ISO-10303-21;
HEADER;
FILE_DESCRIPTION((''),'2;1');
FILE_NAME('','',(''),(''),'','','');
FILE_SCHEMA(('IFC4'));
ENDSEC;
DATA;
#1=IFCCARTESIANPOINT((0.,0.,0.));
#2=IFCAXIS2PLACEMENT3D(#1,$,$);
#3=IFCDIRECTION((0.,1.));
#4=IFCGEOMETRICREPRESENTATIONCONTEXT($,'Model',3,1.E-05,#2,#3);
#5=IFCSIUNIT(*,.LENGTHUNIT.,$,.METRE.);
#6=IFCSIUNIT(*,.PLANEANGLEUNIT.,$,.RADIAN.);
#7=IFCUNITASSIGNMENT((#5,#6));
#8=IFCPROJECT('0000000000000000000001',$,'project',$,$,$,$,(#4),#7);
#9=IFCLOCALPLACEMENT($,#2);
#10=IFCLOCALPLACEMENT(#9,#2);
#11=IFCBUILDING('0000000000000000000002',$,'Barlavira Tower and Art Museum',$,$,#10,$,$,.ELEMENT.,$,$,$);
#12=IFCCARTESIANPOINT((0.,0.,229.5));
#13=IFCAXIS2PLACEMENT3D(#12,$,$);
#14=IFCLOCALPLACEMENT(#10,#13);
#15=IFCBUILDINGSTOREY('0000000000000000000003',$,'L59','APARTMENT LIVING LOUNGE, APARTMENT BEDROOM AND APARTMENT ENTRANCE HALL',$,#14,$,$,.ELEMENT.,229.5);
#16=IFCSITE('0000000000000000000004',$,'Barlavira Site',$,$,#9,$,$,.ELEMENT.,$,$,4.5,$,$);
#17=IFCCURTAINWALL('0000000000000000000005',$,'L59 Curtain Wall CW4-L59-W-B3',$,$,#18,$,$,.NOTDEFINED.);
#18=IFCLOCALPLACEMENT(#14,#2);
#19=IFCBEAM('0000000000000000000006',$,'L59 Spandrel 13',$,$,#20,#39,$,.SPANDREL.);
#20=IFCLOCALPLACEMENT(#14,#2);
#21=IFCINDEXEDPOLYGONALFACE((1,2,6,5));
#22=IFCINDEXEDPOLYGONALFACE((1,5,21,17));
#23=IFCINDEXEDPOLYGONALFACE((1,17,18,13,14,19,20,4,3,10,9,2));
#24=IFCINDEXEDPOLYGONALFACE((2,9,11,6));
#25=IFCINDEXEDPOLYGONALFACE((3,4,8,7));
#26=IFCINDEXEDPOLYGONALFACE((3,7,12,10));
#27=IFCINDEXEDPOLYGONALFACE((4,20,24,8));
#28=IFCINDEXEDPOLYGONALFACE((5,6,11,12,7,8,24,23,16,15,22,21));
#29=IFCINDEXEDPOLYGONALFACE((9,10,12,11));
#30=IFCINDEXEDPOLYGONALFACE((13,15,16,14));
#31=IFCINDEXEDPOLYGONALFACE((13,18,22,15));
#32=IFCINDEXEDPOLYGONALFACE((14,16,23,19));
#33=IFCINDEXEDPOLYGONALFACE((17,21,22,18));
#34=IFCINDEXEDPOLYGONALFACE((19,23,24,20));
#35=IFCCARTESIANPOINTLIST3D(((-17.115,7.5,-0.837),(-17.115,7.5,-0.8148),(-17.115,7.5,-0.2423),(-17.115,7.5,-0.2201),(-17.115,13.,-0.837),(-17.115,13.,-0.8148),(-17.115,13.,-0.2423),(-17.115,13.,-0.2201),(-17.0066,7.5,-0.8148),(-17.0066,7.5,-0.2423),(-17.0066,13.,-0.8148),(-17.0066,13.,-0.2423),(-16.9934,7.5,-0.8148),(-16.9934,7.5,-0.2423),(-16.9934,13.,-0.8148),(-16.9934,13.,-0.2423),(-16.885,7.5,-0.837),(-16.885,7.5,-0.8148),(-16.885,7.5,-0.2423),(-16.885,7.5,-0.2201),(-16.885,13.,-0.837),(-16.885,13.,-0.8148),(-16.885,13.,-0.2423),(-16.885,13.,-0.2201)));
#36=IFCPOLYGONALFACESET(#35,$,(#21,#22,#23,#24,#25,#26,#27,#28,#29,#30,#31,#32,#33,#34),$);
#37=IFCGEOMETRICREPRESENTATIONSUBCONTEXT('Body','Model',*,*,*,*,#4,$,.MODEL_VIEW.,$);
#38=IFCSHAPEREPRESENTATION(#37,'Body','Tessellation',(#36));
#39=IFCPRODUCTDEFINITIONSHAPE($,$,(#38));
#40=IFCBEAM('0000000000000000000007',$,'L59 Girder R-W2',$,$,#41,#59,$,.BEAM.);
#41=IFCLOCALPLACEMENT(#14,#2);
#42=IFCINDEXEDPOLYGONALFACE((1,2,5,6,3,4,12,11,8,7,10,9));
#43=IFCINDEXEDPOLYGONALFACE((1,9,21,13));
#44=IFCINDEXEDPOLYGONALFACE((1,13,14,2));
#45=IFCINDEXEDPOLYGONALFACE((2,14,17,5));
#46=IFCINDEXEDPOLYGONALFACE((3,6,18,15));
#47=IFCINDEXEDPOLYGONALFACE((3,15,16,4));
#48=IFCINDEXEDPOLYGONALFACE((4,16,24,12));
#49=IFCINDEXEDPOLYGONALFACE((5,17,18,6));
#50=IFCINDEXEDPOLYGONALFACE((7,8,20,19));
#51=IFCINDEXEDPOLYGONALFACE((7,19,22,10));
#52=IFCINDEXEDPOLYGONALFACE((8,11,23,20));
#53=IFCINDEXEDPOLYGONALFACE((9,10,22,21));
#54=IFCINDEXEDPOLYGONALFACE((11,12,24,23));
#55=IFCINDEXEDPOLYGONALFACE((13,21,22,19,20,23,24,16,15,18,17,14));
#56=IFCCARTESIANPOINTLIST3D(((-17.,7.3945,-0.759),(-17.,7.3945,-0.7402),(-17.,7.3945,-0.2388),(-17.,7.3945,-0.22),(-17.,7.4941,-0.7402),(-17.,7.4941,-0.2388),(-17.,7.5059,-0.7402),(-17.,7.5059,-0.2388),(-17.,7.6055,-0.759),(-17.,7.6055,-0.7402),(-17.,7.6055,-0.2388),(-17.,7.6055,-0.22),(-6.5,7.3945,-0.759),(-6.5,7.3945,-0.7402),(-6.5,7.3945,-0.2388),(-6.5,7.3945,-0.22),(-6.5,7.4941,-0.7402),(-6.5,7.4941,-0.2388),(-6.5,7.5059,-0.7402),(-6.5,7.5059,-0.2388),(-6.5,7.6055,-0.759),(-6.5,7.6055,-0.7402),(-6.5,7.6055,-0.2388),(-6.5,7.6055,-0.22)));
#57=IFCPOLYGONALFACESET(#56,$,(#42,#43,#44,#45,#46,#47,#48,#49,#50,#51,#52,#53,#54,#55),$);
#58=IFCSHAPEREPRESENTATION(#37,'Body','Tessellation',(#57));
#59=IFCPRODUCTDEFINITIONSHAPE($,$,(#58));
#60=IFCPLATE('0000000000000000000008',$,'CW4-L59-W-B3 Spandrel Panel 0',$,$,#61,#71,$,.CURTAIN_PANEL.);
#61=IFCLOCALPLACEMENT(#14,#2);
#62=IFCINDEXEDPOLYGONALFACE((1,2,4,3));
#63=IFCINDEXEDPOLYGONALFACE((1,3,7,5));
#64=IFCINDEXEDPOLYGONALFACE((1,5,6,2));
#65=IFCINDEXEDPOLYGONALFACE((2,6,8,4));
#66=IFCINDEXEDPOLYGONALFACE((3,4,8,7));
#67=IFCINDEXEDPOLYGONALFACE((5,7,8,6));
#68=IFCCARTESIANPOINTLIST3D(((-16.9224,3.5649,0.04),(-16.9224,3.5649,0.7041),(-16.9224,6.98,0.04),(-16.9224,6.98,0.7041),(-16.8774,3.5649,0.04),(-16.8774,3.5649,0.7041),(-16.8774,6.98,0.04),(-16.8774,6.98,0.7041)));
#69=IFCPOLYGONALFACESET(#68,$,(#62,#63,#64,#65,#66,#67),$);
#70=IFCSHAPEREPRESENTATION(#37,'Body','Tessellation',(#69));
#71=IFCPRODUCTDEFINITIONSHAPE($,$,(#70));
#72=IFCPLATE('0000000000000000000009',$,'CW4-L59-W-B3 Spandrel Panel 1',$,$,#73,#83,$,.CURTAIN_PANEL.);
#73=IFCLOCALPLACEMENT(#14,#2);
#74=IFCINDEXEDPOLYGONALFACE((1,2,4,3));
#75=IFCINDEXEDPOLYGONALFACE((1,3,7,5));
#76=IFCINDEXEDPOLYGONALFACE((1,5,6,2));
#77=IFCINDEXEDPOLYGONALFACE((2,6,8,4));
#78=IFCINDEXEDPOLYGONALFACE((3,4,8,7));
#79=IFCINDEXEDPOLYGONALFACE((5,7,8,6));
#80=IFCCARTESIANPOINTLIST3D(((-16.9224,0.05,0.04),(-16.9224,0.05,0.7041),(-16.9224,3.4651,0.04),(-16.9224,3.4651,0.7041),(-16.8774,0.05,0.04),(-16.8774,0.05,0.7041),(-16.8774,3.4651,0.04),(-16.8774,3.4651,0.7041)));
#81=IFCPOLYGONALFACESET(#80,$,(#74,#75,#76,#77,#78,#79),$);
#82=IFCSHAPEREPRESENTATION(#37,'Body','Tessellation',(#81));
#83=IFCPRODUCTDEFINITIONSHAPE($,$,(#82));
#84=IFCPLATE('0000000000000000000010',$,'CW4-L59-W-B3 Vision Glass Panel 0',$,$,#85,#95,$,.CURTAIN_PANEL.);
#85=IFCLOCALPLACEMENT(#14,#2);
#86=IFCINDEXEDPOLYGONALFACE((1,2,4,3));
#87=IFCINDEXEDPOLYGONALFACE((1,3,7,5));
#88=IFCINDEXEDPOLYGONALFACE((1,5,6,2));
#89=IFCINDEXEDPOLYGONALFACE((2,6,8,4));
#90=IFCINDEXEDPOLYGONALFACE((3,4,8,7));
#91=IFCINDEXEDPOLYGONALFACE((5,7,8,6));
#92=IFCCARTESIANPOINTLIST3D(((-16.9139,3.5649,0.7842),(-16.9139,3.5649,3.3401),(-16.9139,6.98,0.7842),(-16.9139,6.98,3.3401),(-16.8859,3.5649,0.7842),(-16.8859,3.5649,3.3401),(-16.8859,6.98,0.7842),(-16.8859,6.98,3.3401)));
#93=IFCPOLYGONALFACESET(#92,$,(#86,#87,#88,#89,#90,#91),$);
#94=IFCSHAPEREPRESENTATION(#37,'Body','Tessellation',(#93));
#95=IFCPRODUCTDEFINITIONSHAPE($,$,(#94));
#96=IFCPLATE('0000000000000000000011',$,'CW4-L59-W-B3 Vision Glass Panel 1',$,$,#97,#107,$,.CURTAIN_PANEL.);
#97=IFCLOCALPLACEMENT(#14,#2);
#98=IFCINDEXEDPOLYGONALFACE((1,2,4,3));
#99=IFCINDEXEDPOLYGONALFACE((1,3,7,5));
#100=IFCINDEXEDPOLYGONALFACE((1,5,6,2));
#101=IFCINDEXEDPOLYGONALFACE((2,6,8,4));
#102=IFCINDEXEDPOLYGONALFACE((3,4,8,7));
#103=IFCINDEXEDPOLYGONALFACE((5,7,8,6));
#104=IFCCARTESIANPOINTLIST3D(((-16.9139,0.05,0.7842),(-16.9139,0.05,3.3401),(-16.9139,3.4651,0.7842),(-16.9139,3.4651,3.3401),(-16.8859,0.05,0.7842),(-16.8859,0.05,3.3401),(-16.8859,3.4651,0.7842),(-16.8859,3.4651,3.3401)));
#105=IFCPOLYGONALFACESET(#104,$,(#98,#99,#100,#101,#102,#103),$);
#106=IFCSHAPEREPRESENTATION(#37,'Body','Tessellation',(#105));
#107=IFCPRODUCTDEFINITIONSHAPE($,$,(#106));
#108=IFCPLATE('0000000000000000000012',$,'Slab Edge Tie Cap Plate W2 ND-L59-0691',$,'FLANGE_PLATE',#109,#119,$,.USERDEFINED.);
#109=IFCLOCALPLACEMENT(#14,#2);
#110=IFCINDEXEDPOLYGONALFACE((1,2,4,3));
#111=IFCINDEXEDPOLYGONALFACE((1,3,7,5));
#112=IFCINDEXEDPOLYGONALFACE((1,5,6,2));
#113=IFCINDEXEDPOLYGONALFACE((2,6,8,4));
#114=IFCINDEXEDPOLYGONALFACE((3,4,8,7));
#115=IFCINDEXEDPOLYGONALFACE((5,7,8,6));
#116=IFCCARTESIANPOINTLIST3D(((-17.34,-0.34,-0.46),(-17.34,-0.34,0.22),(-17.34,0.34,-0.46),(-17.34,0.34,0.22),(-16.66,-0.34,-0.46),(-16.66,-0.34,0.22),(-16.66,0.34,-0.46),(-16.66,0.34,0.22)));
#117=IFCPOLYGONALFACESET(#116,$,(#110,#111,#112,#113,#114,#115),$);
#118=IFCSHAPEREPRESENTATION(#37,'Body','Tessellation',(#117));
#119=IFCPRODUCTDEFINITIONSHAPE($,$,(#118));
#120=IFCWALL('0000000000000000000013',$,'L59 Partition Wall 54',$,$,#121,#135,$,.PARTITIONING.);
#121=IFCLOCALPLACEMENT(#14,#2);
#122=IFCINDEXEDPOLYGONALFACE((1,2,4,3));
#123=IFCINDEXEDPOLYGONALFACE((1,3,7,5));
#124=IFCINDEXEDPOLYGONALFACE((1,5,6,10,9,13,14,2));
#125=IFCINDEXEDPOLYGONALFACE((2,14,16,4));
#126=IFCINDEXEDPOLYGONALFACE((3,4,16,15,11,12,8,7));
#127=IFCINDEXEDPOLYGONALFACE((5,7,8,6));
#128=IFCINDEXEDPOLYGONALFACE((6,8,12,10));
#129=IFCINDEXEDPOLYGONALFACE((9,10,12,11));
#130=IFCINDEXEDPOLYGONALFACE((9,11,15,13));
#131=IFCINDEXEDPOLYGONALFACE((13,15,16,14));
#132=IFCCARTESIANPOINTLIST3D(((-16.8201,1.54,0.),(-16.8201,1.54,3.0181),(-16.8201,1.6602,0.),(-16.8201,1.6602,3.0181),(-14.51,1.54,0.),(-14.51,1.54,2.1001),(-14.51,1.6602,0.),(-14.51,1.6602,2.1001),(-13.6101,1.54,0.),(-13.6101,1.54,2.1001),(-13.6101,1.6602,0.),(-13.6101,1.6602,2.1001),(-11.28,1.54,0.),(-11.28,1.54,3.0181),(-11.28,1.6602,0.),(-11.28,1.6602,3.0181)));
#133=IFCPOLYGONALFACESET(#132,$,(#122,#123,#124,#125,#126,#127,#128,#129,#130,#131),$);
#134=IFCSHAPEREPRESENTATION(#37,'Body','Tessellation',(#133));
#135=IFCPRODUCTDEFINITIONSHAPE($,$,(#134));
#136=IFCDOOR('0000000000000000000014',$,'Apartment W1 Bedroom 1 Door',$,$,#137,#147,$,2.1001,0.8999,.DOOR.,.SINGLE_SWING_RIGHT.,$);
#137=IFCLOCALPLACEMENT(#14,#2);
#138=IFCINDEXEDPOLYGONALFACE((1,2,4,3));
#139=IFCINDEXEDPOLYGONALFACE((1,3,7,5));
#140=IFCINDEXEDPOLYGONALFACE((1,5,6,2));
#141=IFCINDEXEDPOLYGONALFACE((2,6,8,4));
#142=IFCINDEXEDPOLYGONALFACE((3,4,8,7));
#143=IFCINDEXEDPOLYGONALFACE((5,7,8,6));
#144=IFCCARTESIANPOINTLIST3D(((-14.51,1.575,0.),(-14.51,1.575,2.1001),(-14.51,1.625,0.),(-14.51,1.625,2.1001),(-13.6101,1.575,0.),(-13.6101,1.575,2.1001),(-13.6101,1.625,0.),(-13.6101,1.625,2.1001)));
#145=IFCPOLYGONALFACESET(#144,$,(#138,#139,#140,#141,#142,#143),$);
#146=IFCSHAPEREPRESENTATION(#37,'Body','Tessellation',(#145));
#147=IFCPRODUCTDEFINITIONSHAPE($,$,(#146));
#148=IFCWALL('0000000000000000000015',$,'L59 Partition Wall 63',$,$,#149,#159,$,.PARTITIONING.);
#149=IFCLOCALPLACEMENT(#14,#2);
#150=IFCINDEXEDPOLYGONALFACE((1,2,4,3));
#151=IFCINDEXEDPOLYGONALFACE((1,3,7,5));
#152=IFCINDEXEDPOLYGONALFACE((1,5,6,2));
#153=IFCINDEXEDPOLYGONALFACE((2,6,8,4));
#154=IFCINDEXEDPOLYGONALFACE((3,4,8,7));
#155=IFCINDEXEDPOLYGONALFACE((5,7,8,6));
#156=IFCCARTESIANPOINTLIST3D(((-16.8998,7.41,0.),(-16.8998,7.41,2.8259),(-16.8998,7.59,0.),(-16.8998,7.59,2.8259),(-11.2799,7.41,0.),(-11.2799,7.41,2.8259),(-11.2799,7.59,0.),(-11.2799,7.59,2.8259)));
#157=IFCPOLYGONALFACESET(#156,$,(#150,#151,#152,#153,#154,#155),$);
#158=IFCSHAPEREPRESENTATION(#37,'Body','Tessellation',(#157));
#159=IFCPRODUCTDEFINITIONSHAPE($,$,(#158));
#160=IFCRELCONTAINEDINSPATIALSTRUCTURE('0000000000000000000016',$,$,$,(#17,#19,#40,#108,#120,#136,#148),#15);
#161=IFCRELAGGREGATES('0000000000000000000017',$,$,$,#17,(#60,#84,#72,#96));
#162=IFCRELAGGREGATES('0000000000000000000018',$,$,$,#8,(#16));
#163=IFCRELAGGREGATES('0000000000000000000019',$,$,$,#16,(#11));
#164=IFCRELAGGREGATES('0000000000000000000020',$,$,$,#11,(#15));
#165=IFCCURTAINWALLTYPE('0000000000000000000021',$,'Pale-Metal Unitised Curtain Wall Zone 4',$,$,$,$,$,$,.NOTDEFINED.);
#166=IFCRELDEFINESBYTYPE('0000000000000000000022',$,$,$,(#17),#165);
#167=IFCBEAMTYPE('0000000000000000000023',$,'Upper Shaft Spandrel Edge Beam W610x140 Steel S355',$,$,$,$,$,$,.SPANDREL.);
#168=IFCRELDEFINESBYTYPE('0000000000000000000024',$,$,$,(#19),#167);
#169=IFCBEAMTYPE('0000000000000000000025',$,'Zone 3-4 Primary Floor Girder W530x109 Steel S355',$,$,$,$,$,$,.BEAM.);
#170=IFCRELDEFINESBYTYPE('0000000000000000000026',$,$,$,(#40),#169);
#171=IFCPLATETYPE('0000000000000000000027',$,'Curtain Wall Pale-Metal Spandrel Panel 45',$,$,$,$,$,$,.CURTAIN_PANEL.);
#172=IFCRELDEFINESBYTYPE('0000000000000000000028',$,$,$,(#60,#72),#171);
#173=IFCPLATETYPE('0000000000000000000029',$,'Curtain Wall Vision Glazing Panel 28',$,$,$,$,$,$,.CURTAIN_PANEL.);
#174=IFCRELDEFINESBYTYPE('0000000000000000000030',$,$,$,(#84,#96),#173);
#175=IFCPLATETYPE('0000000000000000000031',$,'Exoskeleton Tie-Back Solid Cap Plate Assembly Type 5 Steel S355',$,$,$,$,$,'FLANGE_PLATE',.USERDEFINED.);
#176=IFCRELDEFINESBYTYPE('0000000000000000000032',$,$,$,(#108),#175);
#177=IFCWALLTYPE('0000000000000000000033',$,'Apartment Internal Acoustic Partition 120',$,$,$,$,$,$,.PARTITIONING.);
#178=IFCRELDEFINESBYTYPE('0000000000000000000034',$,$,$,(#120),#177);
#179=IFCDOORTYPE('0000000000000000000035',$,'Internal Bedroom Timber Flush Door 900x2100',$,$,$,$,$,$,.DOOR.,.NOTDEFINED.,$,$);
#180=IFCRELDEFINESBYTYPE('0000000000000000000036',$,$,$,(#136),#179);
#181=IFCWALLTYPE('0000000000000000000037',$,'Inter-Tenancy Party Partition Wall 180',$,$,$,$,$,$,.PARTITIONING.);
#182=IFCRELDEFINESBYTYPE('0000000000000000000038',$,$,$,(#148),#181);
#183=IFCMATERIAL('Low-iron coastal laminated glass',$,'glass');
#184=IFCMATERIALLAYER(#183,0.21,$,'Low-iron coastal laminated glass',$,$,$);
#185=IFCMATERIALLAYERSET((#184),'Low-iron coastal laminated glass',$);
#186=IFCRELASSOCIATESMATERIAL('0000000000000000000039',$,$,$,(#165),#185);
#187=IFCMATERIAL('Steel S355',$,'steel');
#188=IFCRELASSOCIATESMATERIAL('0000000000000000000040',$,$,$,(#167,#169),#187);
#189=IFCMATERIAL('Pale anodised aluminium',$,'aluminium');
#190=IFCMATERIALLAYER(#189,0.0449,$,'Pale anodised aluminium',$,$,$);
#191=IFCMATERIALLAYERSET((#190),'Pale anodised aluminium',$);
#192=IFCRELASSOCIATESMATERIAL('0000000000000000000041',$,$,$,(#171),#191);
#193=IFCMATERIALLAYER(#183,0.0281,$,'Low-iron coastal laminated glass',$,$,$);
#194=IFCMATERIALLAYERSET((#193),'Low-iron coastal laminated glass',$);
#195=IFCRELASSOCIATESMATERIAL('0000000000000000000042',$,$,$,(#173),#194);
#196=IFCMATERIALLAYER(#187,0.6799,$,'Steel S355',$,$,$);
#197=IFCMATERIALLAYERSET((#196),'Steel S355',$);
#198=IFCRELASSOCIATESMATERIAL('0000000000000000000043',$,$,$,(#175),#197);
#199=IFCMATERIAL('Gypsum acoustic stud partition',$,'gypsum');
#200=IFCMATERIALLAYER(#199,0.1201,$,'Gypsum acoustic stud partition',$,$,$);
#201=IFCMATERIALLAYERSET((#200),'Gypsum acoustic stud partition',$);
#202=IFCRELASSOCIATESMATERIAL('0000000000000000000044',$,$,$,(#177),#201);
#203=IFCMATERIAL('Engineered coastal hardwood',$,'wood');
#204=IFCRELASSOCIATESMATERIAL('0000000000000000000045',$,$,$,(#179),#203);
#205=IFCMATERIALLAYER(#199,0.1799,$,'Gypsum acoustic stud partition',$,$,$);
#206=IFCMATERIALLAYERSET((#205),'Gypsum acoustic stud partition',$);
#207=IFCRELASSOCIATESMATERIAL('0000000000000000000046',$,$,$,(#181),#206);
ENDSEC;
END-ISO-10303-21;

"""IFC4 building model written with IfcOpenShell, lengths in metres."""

from ifc_helpers import new_model, si_unit, direction, frame, frame_2d, origin, origin_2d, place, context, subcontext, project, spatial, rectangle, i_section, extrude, material, layer, layer_set, material_profile, profile_set, type_object, element, fill, aggregate, save


model = new_model("IFC4")

# Units and contexts
model_context = context("Model", 3, precision=1e-05, world=origin(), true_north=direction((0.0, 1.0)))
body_context = subcontext(model_context, "Body", "Model", "MODEL_VIEW")
ifc_project = project(units=[si_unit("LENGTHUNIT", "METRE"), si_unit("PLANEANGLEUNIT", "RADIAN")], contexts=[model_context])

# Site, building, storey
site_placement = place(None, origin())
site = spatial("IfcSite", under=ifc_project, at=site_placement, Name="Barlavira Site", CompositionType="ELEMENT", RefElevation=4.5)
building_placement = place(site_placement, origin())
building = spatial("IfcBuilding", under=site, at=building_placement, Name="Barlavira Tower and Art Museum", CompositionType="ELEMENT")
storey_placement = place(building_placement, frame((0.0, 0.0, 229.5)))
storey = spatial("IfcBuildingStorey", under=building, at=storey_placement, Name="L59", Description="APARTMENT LIVING LOUNGE, APARTMENT BEDROOM AND APARTMENT ENTRANCE HALL", CompositionType="ELEMENT", Elevation=229.5)

# Curtain wall
ifc_material_1 = material(Name="Low-iron coastal laminated glass", Category="glass")
ifc_layer_1 = layer(ifc_material_1, 0.21, Name="Low-iron coastal laminated glass")
ifc_layer_set_1 = layer_set([ifc_layer_1], Name="Low-iron coastal laminated glass")
curtain_wall_type = type_object("IfcCurtainWallType", Name="Pale-Metal Unitised Curtain Wall Zone 4", PredefinedType="NOTDEFINED", material=ifc_layer_set_1)
curtain_wall_placement = place(storey_placement, origin())
curtain_wall = element("IfcCurtainWall", 1, at=curtain_wall_placement, inside=storey, type_object=curtain_wall_type, Name="L59 Curtain Wall CW4-L59-W-B3", PredefinedType="NOTDEFINED")
ifc_material_2 = material(Name="Pale anodised aluminium", Category="aluminium")

# Shared definitions
ifc_material_3 = material(Name="Steel S355", Category="steel")

# Beams
ifc_material_profile_1 = material_profile(ifc_material_3, i_section(OverallWidth=0.23, OverallDepth=0.6169, WebThickness=0.0132, FlangeThickness=0.0222, at=origin_2d()), Name="W610x140.0")
ifc_profile_set_1 = profile_set([ifc_material_profile_1], Name="Steel S355")
beam_type_1 = type_object("IfcBeamType", Name="Upper Shaft Spandrel Edge Beam W610x140 Steel S355", PredefinedType="SPANDREL", material=ifc_profile_set_1)
beam_1_placement = place(storey_placement, frame((-17.0, 7.5, -0.5286), z_axis=(0.0, 1.0, 0.0), x_axis=(-1.0, 0.0, 0.0)))
element("IfcBeam", 2, at=beam_1_placement, inside=storey, type_object=beam_type_1, Name="L59 Spandrel 13", PredefinedType="SPANDREL", context=body_context, shape_type="SweptSolid", body=[
    extrude(i_section(OverallWidth=0.23, OverallDepth=0.6169, WebThickness=0.0132, FlangeThickness=0.0222, at=origin_2d()), origin(), (0.0, 0.0, 1.0), 5.5),
])
ifc_material_profile_2 = material_profile(ifc_material_3, i_section(OverallWidth=0.2109, OverallDepth=0.5391, WebThickness=0.0117, FlangeThickness=0.0188, at=origin_2d()), Name="W530x109.0")
ifc_profile_set_2 = profile_set([ifc_material_profile_2], Name="Steel S355")
beam_type_2 = type_object("IfcBeamType", Name="Zone 3-4 Primary Floor Girder W530x109 Steel S355", PredefinedType="BEAM", material=ifc_profile_set_2)
beam_2_placement = place(storey_placement, frame((-17.0, 7.5, -0.4895), z_axis=(1.0, 0.0, 0.0), x_axis=(0.0, 1.0, 0.0)))
element("IfcBeam", 3, at=beam_2_placement, inside=storey, type_object=beam_type_2, Name="L59 Girder R-W2", PredefinedType="BEAM", context=body_context, shape_type="SweptSolid", body=[
    extrude(i_section(OverallWidth=0.2109, OverallDepth=0.5391, WebThickness=0.0117, FlangeThickness=0.0188, at=origin_2d()), origin(), (0.0, 0.0, 1.0), 10.5),
])

# Plates
ifc_layer_2 = layer(ifc_material_2, 0.0449, Name="Pale anodised aluminium")
ifc_layer_set_2 = layer_set([ifc_layer_2], Name="Pale anodised aluminium")
plate_type_1 = type_object("IfcPlateType", Name="Curtain Wall Pale-Metal Spandrel Panel 45", PredefinedType="CURTAIN_PANEL", material=ifc_layer_set_2)
plate_1_placement = place(storey_placement, frame((-16.8999, 5.2725, 0.04), z_axis=(0.0, 0.0, 1.0), x_axis=(0.0, -1.0, 0.0)))
plate_1 = element("IfcPlate", 4, at=plate_1_placement, type_object=plate_type_1, Name="CW4-L59-W-B3 Spandrel Panel 0", PredefinedType="CURTAIN_PANEL", context=body_context, shape_type="SweptSolid", body=[
    extrude(rectangle(XDim=3.415, YDim=0.0449, at=origin_2d()), origin(), (0.0, 0.0, 1.0), 0.6641),
])
plate_2_placement = place(storey_placement, frame((-16.8999, 1.7576, 0.04), z_axis=(0.0, 0.0, 1.0), x_axis=(0.0, -1.0, 0.0)))
plate_2 = element("IfcPlate", 5, at=plate_2_placement, type_object=plate_type_1, Name="CW4-L59-W-B3 Spandrel Panel 1", PredefinedType="CURTAIN_PANEL", context=body_context, shape_type="SweptSolid", body=[
    extrude(rectangle(XDim=3.415, YDim=0.0449, at=origin_2d()), origin(), (0.0, 0.0, 1.0), 0.6641),
])
ifc_layer_3 = layer(ifc_material_1, 0.0281, Name="Low-iron coastal laminated glass")
ifc_layer_set_3 = layer_set([ifc_layer_3], Name="Low-iron coastal laminated glass")
plate_type_2 = type_object("IfcPlateType", Name="Curtain Wall Vision Glazing Panel 28", PredefinedType="CURTAIN_PANEL", material=ifc_layer_set_3)
plate_3_placement = place(storey_placement, frame((-16.8999, 5.2725, 0.7842), z_axis=(0.0, 0.0, 1.0), x_axis=(0.0, -1.0, 0.0)))
plate_3 = element("IfcPlate", 6, at=plate_3_placement, type_object=plate_type_2, Name="CW4-L59-W-B3 Vision Glass Panel 0", PredefinedType="CURTAIN_PANEL", context=body_context, shape_type="SweptSolid", body=[
    extrude(rectangle(XDim=3.415, YDim=0.0281, at=origin_2d()), origin(), (0.0, 0.0, 1.0), 2.5559),
])
plate_4_placement = place(storey_placement, frame((-16.8999, 1.7576, 0.7842), z_axis=(0.0, 0.0, 1.0), x_axis=(0.0, -1.0, 0.0)))
plate_4 = element("IfcPlate", 7, at=plate_4_placement, type_object=plate_type_2, Name="CW4-L59-W-B3 Vision Glass Panel 1", PredefinedType="CURTAIN_PANEL", context=body_context, shape_type="SweptSolid", body=[
    extrude(rectangle(XDim=3.415, YDim=0.0281, at=origin_2d()), origin(), (0.0, 0.0, 1.0), 2.5559),
])
aggregate(curtain_wall, [plate_1, plate_3, plate_2, plate_4])
ifc_layer_4 = layer(ifc_material_3, 0.6799, Name="Steel S355")
ifc_layer_set_4 = layer_set([ifc_layer_4], Name="Steel S355")
plate_type_3 = type_object("IfcPlateType", Name="Exoskeleton Tie-Back Solid Cap Plate Assembly Type 5 Steel S355", ElementType="FLANGE_PLATE", PredefinedType="USERDEFINED", material=ifc_layer_set_4)
plate_5_placement = place(storey_placement, frame((-17.0, 0.0, -0.46), z_axis=(0.0, 0.0, 1.0), x_axis=(1.0, 0.0, 0.0)))
element("IfcPlate", 8, at=plate_5_placement, inside=storey, type_object=plate_type_3, Name="Slab Edge Tie Cap Plate W2 ND-L59-0691", ObjectType="FLANGE_PLATE", PredefinedType="USERDEFINED", context=body_context, shape_type="SweptSolid", body=[
    extrude(rectangle(XDim=0.6799, YDim=0.6799, at=origin_2d()), origin(), (0.0, 0.0, 1.0), 0.6799),
])

# Wall, opening, door
ifc_material_4 = material(Name="Gypsum acoustic stud partition", Category="gypsum")
ifc_layer_5 = layer(ifc_material_4, 0.1201, Name="Gypsum acoustic stud partition")
ifc_layer_set_5 = layer_set([ifc_layer_5], Name="Gypsum acoustic stud partition")
wall_type_1 = type_object("IfcWallType", Name="Apartment Internal Acoustic Partition 120", PredefinedType="PARTITIONING", material=ifc_layer_set_5)
wall_1_placement = place(storey_placement, frame((-16.8201, 1.6001, 0.0), z_axis=(0.0, 0.0, 1.0), x_axis=(1.0, 0.0, 0.0)))
wall_1 = element("IfcWall", 9, at=wall_1_placement, inside=storey, type_object=wall_type_1, Name="L59 Partition Wall 54", PredefinedType="PARTITIONING", context=body_context, shape_type="SweptSolid", body=[
    extrude(rectangle(XDim=5.54, YDim=0.1201, at=frame_2d((2.77, 0.0))), origin(), (0.0, 0.0, 1.0), 3.0181),
])
opening_placement = place(wall_1_placement, frame((2.3101, 0.0, 0.0)))
opening = element("IfcOpeningElement", 10, at=opening_placement, cuts=wall_1, PredefinedType="OPENING", context=body_context, shape_type="SweptSolid", body=[
    extrude(rectangle(XDim=0.8999, YDim=2.1001, at=frame_2d((0.45, 1.05))), frame((0.0, 0.0701, 0.0), z_axis=(0.0, -1.0, 0.0), x_axis=(1.0, 0.0, 0.0)), (0.0, 0.0, 1.0), 0.1401),
])
ifc_material_5 = material(Name="Engineered coastal hardwood", Category="wood")
door_type = type_object("IfcDoorType", Name="Internal Bedroom Timber Flush Door 900x2100", OperationType="NOTDEFINED", PredefinedType="DOOR", material=ifc_material_5)
door_placement = place(opening_placement, origin())
door = element("IfcDoor", 11, at=door_placement, inside=storey, type_object=door_type, Name="Apartment W1 Bedroom 1 Door", OperationType="SINGLE_SWING_RIGHT", OverallHeight=2.1001, OverallWidth=0.8999, PredefinedType="DOOR", context=body_context, shape_type="SweptSolid", body=[
    extrude(rectangle(XDim=0.8999, YDim=2.1001, at=frame_2d((0.45, 1.05))), frame((0.0, 0.0249, 0.0), z_axis=(0.0, -1.0, 0.0), x_axis=(1.0, 0.0, 0.0)), (0.0, 0.0, 1.0), 0.05),
])
fill(opening, door)

# Wall
ifc_layer_6 = layer(ifc_material_4, 0.1799, Name="Gypsum acoustic stud partition")
ifc_layer_set_6 = layer_set([ifc_layer_6], Name="Gypsum acoustic stud partition")
wall_type_2 = type_object("IfcWallType", Name="Inter-Tenancy Party Partition Wall 180", PredefinedType="PARTITIONING", material=ifc_layer_set_6)
wall_2_placement = place(storey_placement, frame((-16.8999, 7.5, 0.0), z_axis=(0.0, 0.0, 1.0), x_axis=(1.0, 0.0, 0.0)))
element("IfcWall", 12, at=wall_2_placement, inside=storey, type_object=wall_type_2, Name="L59 Partition Wall 63", PredefinedType="PARTITIONING", context=body_context, shape_type="SweptSolid", body=[
    extrude(rectangle(XDim=5.6199, YDim=0.1799, at=frame_2d((2.8101, 0.0))), origin(), (0.0, 0.0, 1.0), 2.8259),
])

save(model, "model.ifc")
